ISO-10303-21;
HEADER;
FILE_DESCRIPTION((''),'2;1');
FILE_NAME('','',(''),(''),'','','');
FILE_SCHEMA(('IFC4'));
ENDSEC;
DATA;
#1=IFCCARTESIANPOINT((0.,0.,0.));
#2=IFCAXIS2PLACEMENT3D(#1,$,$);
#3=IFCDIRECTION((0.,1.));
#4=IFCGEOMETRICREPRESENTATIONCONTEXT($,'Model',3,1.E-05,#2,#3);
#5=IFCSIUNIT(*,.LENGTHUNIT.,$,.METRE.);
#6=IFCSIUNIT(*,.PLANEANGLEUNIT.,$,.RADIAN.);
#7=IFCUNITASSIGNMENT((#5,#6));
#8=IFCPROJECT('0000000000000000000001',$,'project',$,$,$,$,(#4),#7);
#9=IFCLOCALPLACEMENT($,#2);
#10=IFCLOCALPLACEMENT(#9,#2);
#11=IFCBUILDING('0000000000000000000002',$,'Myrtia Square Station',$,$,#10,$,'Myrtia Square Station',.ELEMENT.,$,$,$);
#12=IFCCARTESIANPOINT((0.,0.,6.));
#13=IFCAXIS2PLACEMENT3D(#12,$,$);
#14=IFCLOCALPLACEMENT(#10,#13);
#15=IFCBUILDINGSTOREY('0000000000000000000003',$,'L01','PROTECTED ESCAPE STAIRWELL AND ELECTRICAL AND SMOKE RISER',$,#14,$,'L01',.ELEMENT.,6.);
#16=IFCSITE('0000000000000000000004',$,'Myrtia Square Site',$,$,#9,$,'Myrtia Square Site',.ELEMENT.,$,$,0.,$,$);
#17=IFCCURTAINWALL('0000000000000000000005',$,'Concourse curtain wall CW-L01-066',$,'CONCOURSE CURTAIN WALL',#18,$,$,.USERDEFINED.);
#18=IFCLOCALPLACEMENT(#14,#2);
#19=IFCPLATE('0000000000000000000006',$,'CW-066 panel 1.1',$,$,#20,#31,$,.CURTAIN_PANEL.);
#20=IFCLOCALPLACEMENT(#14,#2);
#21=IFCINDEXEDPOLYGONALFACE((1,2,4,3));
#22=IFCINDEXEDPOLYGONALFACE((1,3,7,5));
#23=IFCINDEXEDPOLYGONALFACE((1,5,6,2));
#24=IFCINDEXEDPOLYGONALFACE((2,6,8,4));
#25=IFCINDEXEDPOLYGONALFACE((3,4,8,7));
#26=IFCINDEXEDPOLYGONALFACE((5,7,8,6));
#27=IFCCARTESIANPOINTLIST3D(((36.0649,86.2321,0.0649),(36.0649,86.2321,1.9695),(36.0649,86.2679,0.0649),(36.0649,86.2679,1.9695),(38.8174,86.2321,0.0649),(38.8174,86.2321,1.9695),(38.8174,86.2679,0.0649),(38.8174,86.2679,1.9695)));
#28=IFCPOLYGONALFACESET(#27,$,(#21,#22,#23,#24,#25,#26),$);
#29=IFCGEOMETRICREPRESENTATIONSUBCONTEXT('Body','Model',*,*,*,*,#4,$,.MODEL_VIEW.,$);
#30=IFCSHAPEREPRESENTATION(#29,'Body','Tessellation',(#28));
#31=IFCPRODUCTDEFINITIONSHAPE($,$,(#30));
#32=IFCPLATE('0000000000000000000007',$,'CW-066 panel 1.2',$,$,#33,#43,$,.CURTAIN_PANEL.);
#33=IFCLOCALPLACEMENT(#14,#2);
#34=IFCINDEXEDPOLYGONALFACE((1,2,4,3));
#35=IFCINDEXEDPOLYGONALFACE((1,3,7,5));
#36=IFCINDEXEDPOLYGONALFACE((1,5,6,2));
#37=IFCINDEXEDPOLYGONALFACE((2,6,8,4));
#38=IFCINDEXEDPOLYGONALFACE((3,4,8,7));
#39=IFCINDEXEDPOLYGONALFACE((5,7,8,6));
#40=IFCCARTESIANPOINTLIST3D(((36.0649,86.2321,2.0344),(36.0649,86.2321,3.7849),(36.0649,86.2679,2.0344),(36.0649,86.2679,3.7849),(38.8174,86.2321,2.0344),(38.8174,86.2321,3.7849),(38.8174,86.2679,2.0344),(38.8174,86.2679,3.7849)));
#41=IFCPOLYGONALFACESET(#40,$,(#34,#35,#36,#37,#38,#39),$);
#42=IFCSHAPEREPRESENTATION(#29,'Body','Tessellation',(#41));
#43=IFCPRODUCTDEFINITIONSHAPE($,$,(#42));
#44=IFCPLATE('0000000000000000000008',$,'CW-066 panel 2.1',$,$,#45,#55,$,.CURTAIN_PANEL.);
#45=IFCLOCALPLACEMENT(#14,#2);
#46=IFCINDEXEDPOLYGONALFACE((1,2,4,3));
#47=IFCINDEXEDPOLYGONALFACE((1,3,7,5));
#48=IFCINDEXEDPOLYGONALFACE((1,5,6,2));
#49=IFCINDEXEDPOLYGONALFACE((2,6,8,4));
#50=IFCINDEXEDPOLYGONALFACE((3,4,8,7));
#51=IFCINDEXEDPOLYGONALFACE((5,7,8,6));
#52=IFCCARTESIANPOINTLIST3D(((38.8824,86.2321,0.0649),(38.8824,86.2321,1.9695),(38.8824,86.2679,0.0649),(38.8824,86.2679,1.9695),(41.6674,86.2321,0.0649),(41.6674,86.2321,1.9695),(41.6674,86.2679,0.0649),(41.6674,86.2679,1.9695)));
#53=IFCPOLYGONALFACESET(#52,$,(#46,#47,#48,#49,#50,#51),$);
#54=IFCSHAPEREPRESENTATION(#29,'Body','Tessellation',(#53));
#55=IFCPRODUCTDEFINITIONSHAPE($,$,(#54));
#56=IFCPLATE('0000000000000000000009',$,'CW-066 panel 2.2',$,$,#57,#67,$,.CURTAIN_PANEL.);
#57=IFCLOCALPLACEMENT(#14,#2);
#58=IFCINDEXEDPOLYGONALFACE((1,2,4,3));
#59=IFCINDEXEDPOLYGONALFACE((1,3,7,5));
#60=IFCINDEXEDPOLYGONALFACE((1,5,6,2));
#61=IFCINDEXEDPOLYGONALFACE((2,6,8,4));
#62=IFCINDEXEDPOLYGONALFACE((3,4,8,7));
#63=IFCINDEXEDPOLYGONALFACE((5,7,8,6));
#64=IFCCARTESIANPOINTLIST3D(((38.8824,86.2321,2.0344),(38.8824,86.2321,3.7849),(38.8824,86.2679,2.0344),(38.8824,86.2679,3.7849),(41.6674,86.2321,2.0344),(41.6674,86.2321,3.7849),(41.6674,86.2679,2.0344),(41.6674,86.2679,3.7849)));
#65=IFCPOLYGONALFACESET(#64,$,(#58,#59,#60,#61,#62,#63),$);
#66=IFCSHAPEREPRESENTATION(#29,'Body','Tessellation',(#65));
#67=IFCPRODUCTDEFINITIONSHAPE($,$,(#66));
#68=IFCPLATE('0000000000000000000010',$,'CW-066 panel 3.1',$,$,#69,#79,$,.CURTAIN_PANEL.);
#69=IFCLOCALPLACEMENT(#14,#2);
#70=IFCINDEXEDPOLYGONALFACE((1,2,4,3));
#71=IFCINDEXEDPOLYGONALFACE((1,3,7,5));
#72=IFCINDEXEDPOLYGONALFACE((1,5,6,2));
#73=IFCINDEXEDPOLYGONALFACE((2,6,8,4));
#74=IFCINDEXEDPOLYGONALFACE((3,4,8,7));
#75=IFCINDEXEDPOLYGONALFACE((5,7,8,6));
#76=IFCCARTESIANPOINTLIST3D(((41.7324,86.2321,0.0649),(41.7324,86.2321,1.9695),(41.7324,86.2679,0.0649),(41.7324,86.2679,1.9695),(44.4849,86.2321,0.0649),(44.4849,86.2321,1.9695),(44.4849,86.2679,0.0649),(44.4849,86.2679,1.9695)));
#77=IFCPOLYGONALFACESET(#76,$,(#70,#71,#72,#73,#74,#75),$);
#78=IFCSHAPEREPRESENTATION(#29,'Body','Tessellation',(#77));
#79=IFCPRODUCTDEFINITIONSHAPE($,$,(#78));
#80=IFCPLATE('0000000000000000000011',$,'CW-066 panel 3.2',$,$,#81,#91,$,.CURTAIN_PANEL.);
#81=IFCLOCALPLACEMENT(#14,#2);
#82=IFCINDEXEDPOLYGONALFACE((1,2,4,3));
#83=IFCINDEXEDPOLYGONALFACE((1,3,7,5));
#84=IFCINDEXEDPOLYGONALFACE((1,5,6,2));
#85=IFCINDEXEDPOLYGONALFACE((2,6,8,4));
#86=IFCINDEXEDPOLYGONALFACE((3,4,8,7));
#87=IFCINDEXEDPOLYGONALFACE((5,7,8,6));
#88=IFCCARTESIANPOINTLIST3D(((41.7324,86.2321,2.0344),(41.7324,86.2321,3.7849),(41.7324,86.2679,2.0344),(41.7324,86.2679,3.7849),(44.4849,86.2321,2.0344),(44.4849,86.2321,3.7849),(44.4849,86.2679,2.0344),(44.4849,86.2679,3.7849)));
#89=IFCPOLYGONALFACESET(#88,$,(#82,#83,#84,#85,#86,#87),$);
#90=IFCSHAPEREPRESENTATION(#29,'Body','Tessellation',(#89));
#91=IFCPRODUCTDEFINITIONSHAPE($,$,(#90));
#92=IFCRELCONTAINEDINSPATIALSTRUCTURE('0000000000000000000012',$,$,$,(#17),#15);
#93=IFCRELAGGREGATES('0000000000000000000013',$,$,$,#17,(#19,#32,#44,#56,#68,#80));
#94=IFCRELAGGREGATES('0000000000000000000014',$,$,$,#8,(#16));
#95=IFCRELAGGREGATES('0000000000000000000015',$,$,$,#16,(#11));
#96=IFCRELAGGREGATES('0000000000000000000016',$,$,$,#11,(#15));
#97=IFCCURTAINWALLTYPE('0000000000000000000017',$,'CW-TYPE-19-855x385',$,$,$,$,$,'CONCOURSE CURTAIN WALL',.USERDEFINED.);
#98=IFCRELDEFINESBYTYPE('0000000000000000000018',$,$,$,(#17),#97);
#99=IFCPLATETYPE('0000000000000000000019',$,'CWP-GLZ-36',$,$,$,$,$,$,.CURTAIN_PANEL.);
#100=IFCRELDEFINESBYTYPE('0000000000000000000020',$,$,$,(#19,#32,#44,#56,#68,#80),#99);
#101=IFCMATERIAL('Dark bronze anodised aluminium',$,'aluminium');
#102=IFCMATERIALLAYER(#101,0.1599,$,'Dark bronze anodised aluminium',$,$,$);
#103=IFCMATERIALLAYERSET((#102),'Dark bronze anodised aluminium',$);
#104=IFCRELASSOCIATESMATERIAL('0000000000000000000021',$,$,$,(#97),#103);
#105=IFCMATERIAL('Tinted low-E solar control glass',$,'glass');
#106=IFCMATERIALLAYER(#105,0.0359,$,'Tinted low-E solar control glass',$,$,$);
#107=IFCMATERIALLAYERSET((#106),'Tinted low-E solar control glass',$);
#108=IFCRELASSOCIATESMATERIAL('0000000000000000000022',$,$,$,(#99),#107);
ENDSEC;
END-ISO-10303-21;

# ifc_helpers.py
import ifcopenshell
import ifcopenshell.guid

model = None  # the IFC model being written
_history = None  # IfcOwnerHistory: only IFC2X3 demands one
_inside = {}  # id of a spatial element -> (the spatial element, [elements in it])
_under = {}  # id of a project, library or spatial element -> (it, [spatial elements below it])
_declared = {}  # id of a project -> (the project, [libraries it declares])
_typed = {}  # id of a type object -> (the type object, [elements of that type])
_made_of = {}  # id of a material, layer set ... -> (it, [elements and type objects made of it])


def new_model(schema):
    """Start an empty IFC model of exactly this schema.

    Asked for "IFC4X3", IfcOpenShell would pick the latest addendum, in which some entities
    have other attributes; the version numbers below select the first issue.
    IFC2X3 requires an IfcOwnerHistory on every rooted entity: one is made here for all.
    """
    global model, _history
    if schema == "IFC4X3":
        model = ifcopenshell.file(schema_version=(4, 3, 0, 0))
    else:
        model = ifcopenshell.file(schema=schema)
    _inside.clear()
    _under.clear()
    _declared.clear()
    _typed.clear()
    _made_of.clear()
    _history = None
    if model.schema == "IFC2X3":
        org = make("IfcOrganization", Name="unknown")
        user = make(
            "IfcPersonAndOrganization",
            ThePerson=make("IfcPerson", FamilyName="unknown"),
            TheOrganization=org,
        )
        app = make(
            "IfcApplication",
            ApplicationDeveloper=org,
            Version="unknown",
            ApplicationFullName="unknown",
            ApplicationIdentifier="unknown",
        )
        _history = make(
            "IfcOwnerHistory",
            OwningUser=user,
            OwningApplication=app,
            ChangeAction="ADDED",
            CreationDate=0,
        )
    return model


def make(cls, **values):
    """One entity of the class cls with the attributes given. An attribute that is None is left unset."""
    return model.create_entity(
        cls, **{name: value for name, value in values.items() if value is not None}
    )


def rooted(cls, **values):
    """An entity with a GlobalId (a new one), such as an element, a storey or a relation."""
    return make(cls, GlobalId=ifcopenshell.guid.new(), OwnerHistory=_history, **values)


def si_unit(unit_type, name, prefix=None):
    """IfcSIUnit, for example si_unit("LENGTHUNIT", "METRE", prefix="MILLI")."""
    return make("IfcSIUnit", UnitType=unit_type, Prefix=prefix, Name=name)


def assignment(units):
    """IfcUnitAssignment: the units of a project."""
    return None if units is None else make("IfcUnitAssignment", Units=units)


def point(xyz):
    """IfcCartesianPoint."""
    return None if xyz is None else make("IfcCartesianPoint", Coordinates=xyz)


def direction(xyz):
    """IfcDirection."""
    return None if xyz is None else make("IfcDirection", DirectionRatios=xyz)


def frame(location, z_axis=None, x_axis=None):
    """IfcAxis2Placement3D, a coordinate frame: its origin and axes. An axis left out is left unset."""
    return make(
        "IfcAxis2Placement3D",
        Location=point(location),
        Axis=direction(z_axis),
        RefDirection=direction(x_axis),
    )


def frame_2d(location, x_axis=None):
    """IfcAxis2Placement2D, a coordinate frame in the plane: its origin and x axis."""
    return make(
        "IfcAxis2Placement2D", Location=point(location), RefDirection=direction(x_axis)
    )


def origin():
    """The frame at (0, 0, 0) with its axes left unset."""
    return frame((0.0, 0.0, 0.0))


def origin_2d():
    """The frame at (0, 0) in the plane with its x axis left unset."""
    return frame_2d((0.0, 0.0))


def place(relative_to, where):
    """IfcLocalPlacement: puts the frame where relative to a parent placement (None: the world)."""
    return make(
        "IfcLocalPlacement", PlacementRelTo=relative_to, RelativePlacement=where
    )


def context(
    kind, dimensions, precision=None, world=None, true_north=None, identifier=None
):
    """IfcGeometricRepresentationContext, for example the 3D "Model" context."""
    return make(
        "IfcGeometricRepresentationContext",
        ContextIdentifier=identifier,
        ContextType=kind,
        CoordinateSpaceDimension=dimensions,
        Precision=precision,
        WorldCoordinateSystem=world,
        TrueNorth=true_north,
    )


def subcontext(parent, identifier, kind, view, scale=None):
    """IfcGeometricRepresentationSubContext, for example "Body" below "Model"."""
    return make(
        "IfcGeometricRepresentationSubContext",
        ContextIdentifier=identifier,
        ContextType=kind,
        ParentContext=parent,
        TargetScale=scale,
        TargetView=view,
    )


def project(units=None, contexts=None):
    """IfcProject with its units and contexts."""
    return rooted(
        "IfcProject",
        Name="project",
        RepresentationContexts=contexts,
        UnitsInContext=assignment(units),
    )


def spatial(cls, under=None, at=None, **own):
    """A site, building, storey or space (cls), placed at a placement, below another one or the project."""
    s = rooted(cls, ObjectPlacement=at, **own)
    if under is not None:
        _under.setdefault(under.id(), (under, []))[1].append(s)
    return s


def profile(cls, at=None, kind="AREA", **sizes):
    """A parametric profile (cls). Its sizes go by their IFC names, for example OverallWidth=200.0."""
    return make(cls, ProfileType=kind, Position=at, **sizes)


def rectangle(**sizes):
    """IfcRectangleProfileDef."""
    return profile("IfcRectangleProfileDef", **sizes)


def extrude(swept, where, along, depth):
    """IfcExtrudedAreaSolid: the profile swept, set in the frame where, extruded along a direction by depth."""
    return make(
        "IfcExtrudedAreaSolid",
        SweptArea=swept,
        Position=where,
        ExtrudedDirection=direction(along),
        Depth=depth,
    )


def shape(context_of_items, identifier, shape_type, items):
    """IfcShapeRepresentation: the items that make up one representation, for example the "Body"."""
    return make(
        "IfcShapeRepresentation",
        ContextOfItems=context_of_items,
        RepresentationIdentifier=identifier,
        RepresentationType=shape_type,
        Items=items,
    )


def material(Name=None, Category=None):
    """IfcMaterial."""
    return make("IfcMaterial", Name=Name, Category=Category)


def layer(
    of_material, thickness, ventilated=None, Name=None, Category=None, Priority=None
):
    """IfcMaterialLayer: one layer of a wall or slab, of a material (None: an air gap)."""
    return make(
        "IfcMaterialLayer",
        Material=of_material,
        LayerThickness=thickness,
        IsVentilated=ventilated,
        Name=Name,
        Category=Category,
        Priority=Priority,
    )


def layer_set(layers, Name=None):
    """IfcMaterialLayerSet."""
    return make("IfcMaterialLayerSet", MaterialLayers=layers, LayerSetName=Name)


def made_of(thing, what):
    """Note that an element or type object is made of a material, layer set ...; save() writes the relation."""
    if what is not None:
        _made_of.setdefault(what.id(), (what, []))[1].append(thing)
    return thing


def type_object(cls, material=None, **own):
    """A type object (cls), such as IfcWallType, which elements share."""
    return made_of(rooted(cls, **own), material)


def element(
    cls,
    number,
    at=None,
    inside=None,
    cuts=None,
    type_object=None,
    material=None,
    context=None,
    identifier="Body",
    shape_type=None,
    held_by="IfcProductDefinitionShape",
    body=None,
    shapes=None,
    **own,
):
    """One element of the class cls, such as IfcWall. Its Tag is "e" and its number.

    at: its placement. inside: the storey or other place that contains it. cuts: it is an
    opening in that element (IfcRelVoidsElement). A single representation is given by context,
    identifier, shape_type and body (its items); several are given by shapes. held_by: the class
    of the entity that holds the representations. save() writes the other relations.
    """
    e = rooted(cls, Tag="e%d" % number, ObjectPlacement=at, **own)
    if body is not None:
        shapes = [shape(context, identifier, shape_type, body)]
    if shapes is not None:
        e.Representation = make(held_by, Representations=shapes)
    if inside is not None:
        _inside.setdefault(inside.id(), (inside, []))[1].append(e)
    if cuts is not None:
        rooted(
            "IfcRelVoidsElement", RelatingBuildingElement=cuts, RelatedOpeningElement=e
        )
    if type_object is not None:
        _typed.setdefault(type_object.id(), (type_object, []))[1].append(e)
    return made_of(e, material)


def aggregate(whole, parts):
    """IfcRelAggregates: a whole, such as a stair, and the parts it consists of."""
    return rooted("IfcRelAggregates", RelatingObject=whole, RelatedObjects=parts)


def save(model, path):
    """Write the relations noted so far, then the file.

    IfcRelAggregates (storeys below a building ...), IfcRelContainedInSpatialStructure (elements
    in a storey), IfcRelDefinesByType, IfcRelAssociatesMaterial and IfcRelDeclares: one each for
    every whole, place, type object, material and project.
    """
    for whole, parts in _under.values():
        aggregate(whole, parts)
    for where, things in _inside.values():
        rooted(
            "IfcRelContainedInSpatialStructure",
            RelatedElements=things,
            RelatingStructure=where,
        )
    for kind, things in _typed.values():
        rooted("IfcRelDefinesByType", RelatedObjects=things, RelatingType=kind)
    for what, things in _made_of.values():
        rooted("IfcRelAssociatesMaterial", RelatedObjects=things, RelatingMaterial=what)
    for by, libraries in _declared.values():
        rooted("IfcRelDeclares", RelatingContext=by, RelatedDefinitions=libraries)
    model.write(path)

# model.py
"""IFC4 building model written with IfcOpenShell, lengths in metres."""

from ifc_helpers import new_model, si_unit, direction, frame, origin, origin_2d, place, context, subcontext, project, spatial, rectangle, extrude, material, layer, layer_set, type_object, element, aggregate, save


model = new_model("IFC4")

# Units and contexts
model_context = context("Model", 3, precision=1e-05, world=origin(), true_north=direction((0.0, 1.0)))
body_context = subcontext(model_context, "Body", "Model", "MODEL_VIEW")
ifc_project = project(units=[si_unit("LENGTHUNIT", "METRE"), si_unit("PLANEANGLEUNIT", "RADIAN")], contexts=[model_context])

# Site, building, storey
site_placement = place(None, origin())
site = spatial("IfcSite", under=ifc_project, at=site_placement, Name="Myrtia Square Site", LongName="Myrtia Square Site", CompositionType="ELEMENT", RefElevation=0.0)
building_placement = place(site_placement, origin())
building = spatial("IfcBuilding", under=site, at=building_placement, Name="Myrtia Square Station", LongName="Myrtia Square Station", CompositionType="ELEMENT")
storey_placement = place(building_placement, frame((0.0, 0.0, 6.0)))
storey = spatial("IfcBuildingStorey", under=building, at=storey_placement, Name="L01", Description="PROTECTED ESCAPE STAIRWELL AND ELECTRICAL AND SMOKE RISER", LongName="L01", CompositionType="ELEMENT", Elevation=6.0)

# Curtain wall
ifc_material_1 = material(Name="Dark bronze anodised aluminium", Category="aluminium")
ifc_layer_1 = layer(ifc_material_1, 0.1599, Name="Dark bronze anodised aluminium")
ifc_layer_set_1 = layer_set([ifc_layer_1], Name="Dark bronze anodised aluminium")
curtain_wall_type = type_object("IfcCurtainWallType", Name="CW-TYPE-19-855x385", ElementType="CONCOURSE CURTAIN WALL", PredefinedType="USERDEFINED", material=ifc_layer_set_1)
curtain_wall_1_placement = place(storey_placement, origin())
curtain_wall_1 = element("IfcCurtainWall", 1, at=curtain_wall_1_placement, inside=storey, type_object=curtain_wall_type, Name="Concourse curtain wall CW-L01-066", ObjectType="CONCOURSE CURTAIN WALL", PredefinedType="USERDEFINED")

# Plates
ifc_material_2 = material(Name="Tinted low-E solar control glass", Category="glass")
ifc_layer_2 = layer(ifc_material_2, 0.0359, Name="Tinted low-E solar control glass")
ifc_layer_set_2 = layer_set([ifc_layer_2], Name="Tinted low-E solar control glass")
plate_type = type_object("IfcPlateType", Name="CWP-GLZ-36", PredefinedType="CURTAIN_PANEL", material=ifc_layer_set_2)
plate_1_placement = place(storey_placement, frame((37.4412, 86.25, 0.0649), z_axis=(0.0, 0.0, 1.0), x_axis=(1.0, 0.0, 0.0)))
plate_1 = element("IfcPlate", 2, at=plate_1_placement, type_object=plate_type, Name="CW-066 panel 1.1", PredefinedType="CURTAIN_PANEL", context=body_context, shape_type="SweptSolid", body=[
    extrude(rectangle(XDim=2.7524, YDim=0.0359, at=origin_2d()), origin(), (0.0, 0.0, 1.0), 1.9045),
])
plate_2_placement = place(storey_placement, frame((37.4412, 86.25, 2.0344), z_axis=(0.0, 0.0, 1.0), x_axis=(1.0, 0.0, 0.0)))
plate_2 = element("IfcPlate", 3, at=plate_2_placement, type_object=plate_type, Name="CW-066 panel 1.2", PredefinedType="CURTAIN_PANEL", context=body_context, shape_type="SweptSolid", body=[
    extrude(rectangle(XDim=2.7524, YDim=0.0359, at=origin_2d()), origin(), (0.0, 0.0, 1.0), 1.7505),
])
plate_3_placement = place(storey_placement, frame((40.2749, 86.25, 0.0649), z_axis=(0.0, 0.0, 1.0), x_axis=(1.0, 0.0, 0.0)))
plate_3 = element("IfcPlate", 4, at=plate_3_placement, type_object=plate_type, Name="CW-066 panel 2.1", PredefinedType="CURTAIN_PANEL", context=body_context, shape_type="SweptSolid", body=[
    extrude(rectangle(XDim=2.7849, YDim=0.0359, at=origin_2d()), origin(), (0.0, 0.0, 1.0), 1.9045),
])
plate_4_placement = place(storey_placement, frame((40.2749, 86.25, 2.0344), z_axis=(0.0, 0.0, 1.0), x_axis=(1.0, 0.0, 0.0)))
plate_4 = element("IfcPlate", 5, at=plate_4_placement, type_object=plate_type, Name="CW-066 panel 2.2", PredefinedType="CURTAIN_PANEL", context=body_context, shape_type="SweptSolid", body=[
    extrude(rectangle(XDim=2.7849, YDim=0.0359, at=origin_2d()), origin(), (0.0, 0.0, 1.0), 1.7505),
])
plate_5_placement = place(storey_placement, frame((43.1086, 86.25, 0.0649), z_axis=(0.0, 0.0, 1.0), x_axis=(1.0, 0.0, 0.0)))
plate_5 = element("IfcPlate", 6, at=plate_5_placement, type_object=plate_type, Name="CW-066 panel 3.1", PredefinedType="CURTAIN_PANEL", context=body_context, shape_type="SweptSolid", body=[
    extrude(rectangle(XDim=2.7524, YDim=0.0359, at=origin_2d()), origin(), (0.0, 0.0, 1.0), 1.9045),
])
plate_6_placement = place(storey_placement, frame((43.1086, 86.25, 2.0344), z_axis=(0.0, 0.0, 1.0), x_axis=(1.0, 0.0, 0.0)))
plate_6 = element("IfcPlate", 7, at=plate_6_placement, type_object=plate_type, Name="CW-066 panel 3.2", PredefinedType="CURTAIN_PANEL", context=body_context, shape_type="SweptSolid", body=[
    extrude(rectangle(XDim=2.7524, YDim=0.0359, at=origin_2d()), origin(), (0.0, 0.0, 1.0), 1.7505),
])
aggregate(curtain_wall_1, [plate_1, plate_2, plate_3, plate_4, plate_5, plate_6])

save(model, "model.ifc")
